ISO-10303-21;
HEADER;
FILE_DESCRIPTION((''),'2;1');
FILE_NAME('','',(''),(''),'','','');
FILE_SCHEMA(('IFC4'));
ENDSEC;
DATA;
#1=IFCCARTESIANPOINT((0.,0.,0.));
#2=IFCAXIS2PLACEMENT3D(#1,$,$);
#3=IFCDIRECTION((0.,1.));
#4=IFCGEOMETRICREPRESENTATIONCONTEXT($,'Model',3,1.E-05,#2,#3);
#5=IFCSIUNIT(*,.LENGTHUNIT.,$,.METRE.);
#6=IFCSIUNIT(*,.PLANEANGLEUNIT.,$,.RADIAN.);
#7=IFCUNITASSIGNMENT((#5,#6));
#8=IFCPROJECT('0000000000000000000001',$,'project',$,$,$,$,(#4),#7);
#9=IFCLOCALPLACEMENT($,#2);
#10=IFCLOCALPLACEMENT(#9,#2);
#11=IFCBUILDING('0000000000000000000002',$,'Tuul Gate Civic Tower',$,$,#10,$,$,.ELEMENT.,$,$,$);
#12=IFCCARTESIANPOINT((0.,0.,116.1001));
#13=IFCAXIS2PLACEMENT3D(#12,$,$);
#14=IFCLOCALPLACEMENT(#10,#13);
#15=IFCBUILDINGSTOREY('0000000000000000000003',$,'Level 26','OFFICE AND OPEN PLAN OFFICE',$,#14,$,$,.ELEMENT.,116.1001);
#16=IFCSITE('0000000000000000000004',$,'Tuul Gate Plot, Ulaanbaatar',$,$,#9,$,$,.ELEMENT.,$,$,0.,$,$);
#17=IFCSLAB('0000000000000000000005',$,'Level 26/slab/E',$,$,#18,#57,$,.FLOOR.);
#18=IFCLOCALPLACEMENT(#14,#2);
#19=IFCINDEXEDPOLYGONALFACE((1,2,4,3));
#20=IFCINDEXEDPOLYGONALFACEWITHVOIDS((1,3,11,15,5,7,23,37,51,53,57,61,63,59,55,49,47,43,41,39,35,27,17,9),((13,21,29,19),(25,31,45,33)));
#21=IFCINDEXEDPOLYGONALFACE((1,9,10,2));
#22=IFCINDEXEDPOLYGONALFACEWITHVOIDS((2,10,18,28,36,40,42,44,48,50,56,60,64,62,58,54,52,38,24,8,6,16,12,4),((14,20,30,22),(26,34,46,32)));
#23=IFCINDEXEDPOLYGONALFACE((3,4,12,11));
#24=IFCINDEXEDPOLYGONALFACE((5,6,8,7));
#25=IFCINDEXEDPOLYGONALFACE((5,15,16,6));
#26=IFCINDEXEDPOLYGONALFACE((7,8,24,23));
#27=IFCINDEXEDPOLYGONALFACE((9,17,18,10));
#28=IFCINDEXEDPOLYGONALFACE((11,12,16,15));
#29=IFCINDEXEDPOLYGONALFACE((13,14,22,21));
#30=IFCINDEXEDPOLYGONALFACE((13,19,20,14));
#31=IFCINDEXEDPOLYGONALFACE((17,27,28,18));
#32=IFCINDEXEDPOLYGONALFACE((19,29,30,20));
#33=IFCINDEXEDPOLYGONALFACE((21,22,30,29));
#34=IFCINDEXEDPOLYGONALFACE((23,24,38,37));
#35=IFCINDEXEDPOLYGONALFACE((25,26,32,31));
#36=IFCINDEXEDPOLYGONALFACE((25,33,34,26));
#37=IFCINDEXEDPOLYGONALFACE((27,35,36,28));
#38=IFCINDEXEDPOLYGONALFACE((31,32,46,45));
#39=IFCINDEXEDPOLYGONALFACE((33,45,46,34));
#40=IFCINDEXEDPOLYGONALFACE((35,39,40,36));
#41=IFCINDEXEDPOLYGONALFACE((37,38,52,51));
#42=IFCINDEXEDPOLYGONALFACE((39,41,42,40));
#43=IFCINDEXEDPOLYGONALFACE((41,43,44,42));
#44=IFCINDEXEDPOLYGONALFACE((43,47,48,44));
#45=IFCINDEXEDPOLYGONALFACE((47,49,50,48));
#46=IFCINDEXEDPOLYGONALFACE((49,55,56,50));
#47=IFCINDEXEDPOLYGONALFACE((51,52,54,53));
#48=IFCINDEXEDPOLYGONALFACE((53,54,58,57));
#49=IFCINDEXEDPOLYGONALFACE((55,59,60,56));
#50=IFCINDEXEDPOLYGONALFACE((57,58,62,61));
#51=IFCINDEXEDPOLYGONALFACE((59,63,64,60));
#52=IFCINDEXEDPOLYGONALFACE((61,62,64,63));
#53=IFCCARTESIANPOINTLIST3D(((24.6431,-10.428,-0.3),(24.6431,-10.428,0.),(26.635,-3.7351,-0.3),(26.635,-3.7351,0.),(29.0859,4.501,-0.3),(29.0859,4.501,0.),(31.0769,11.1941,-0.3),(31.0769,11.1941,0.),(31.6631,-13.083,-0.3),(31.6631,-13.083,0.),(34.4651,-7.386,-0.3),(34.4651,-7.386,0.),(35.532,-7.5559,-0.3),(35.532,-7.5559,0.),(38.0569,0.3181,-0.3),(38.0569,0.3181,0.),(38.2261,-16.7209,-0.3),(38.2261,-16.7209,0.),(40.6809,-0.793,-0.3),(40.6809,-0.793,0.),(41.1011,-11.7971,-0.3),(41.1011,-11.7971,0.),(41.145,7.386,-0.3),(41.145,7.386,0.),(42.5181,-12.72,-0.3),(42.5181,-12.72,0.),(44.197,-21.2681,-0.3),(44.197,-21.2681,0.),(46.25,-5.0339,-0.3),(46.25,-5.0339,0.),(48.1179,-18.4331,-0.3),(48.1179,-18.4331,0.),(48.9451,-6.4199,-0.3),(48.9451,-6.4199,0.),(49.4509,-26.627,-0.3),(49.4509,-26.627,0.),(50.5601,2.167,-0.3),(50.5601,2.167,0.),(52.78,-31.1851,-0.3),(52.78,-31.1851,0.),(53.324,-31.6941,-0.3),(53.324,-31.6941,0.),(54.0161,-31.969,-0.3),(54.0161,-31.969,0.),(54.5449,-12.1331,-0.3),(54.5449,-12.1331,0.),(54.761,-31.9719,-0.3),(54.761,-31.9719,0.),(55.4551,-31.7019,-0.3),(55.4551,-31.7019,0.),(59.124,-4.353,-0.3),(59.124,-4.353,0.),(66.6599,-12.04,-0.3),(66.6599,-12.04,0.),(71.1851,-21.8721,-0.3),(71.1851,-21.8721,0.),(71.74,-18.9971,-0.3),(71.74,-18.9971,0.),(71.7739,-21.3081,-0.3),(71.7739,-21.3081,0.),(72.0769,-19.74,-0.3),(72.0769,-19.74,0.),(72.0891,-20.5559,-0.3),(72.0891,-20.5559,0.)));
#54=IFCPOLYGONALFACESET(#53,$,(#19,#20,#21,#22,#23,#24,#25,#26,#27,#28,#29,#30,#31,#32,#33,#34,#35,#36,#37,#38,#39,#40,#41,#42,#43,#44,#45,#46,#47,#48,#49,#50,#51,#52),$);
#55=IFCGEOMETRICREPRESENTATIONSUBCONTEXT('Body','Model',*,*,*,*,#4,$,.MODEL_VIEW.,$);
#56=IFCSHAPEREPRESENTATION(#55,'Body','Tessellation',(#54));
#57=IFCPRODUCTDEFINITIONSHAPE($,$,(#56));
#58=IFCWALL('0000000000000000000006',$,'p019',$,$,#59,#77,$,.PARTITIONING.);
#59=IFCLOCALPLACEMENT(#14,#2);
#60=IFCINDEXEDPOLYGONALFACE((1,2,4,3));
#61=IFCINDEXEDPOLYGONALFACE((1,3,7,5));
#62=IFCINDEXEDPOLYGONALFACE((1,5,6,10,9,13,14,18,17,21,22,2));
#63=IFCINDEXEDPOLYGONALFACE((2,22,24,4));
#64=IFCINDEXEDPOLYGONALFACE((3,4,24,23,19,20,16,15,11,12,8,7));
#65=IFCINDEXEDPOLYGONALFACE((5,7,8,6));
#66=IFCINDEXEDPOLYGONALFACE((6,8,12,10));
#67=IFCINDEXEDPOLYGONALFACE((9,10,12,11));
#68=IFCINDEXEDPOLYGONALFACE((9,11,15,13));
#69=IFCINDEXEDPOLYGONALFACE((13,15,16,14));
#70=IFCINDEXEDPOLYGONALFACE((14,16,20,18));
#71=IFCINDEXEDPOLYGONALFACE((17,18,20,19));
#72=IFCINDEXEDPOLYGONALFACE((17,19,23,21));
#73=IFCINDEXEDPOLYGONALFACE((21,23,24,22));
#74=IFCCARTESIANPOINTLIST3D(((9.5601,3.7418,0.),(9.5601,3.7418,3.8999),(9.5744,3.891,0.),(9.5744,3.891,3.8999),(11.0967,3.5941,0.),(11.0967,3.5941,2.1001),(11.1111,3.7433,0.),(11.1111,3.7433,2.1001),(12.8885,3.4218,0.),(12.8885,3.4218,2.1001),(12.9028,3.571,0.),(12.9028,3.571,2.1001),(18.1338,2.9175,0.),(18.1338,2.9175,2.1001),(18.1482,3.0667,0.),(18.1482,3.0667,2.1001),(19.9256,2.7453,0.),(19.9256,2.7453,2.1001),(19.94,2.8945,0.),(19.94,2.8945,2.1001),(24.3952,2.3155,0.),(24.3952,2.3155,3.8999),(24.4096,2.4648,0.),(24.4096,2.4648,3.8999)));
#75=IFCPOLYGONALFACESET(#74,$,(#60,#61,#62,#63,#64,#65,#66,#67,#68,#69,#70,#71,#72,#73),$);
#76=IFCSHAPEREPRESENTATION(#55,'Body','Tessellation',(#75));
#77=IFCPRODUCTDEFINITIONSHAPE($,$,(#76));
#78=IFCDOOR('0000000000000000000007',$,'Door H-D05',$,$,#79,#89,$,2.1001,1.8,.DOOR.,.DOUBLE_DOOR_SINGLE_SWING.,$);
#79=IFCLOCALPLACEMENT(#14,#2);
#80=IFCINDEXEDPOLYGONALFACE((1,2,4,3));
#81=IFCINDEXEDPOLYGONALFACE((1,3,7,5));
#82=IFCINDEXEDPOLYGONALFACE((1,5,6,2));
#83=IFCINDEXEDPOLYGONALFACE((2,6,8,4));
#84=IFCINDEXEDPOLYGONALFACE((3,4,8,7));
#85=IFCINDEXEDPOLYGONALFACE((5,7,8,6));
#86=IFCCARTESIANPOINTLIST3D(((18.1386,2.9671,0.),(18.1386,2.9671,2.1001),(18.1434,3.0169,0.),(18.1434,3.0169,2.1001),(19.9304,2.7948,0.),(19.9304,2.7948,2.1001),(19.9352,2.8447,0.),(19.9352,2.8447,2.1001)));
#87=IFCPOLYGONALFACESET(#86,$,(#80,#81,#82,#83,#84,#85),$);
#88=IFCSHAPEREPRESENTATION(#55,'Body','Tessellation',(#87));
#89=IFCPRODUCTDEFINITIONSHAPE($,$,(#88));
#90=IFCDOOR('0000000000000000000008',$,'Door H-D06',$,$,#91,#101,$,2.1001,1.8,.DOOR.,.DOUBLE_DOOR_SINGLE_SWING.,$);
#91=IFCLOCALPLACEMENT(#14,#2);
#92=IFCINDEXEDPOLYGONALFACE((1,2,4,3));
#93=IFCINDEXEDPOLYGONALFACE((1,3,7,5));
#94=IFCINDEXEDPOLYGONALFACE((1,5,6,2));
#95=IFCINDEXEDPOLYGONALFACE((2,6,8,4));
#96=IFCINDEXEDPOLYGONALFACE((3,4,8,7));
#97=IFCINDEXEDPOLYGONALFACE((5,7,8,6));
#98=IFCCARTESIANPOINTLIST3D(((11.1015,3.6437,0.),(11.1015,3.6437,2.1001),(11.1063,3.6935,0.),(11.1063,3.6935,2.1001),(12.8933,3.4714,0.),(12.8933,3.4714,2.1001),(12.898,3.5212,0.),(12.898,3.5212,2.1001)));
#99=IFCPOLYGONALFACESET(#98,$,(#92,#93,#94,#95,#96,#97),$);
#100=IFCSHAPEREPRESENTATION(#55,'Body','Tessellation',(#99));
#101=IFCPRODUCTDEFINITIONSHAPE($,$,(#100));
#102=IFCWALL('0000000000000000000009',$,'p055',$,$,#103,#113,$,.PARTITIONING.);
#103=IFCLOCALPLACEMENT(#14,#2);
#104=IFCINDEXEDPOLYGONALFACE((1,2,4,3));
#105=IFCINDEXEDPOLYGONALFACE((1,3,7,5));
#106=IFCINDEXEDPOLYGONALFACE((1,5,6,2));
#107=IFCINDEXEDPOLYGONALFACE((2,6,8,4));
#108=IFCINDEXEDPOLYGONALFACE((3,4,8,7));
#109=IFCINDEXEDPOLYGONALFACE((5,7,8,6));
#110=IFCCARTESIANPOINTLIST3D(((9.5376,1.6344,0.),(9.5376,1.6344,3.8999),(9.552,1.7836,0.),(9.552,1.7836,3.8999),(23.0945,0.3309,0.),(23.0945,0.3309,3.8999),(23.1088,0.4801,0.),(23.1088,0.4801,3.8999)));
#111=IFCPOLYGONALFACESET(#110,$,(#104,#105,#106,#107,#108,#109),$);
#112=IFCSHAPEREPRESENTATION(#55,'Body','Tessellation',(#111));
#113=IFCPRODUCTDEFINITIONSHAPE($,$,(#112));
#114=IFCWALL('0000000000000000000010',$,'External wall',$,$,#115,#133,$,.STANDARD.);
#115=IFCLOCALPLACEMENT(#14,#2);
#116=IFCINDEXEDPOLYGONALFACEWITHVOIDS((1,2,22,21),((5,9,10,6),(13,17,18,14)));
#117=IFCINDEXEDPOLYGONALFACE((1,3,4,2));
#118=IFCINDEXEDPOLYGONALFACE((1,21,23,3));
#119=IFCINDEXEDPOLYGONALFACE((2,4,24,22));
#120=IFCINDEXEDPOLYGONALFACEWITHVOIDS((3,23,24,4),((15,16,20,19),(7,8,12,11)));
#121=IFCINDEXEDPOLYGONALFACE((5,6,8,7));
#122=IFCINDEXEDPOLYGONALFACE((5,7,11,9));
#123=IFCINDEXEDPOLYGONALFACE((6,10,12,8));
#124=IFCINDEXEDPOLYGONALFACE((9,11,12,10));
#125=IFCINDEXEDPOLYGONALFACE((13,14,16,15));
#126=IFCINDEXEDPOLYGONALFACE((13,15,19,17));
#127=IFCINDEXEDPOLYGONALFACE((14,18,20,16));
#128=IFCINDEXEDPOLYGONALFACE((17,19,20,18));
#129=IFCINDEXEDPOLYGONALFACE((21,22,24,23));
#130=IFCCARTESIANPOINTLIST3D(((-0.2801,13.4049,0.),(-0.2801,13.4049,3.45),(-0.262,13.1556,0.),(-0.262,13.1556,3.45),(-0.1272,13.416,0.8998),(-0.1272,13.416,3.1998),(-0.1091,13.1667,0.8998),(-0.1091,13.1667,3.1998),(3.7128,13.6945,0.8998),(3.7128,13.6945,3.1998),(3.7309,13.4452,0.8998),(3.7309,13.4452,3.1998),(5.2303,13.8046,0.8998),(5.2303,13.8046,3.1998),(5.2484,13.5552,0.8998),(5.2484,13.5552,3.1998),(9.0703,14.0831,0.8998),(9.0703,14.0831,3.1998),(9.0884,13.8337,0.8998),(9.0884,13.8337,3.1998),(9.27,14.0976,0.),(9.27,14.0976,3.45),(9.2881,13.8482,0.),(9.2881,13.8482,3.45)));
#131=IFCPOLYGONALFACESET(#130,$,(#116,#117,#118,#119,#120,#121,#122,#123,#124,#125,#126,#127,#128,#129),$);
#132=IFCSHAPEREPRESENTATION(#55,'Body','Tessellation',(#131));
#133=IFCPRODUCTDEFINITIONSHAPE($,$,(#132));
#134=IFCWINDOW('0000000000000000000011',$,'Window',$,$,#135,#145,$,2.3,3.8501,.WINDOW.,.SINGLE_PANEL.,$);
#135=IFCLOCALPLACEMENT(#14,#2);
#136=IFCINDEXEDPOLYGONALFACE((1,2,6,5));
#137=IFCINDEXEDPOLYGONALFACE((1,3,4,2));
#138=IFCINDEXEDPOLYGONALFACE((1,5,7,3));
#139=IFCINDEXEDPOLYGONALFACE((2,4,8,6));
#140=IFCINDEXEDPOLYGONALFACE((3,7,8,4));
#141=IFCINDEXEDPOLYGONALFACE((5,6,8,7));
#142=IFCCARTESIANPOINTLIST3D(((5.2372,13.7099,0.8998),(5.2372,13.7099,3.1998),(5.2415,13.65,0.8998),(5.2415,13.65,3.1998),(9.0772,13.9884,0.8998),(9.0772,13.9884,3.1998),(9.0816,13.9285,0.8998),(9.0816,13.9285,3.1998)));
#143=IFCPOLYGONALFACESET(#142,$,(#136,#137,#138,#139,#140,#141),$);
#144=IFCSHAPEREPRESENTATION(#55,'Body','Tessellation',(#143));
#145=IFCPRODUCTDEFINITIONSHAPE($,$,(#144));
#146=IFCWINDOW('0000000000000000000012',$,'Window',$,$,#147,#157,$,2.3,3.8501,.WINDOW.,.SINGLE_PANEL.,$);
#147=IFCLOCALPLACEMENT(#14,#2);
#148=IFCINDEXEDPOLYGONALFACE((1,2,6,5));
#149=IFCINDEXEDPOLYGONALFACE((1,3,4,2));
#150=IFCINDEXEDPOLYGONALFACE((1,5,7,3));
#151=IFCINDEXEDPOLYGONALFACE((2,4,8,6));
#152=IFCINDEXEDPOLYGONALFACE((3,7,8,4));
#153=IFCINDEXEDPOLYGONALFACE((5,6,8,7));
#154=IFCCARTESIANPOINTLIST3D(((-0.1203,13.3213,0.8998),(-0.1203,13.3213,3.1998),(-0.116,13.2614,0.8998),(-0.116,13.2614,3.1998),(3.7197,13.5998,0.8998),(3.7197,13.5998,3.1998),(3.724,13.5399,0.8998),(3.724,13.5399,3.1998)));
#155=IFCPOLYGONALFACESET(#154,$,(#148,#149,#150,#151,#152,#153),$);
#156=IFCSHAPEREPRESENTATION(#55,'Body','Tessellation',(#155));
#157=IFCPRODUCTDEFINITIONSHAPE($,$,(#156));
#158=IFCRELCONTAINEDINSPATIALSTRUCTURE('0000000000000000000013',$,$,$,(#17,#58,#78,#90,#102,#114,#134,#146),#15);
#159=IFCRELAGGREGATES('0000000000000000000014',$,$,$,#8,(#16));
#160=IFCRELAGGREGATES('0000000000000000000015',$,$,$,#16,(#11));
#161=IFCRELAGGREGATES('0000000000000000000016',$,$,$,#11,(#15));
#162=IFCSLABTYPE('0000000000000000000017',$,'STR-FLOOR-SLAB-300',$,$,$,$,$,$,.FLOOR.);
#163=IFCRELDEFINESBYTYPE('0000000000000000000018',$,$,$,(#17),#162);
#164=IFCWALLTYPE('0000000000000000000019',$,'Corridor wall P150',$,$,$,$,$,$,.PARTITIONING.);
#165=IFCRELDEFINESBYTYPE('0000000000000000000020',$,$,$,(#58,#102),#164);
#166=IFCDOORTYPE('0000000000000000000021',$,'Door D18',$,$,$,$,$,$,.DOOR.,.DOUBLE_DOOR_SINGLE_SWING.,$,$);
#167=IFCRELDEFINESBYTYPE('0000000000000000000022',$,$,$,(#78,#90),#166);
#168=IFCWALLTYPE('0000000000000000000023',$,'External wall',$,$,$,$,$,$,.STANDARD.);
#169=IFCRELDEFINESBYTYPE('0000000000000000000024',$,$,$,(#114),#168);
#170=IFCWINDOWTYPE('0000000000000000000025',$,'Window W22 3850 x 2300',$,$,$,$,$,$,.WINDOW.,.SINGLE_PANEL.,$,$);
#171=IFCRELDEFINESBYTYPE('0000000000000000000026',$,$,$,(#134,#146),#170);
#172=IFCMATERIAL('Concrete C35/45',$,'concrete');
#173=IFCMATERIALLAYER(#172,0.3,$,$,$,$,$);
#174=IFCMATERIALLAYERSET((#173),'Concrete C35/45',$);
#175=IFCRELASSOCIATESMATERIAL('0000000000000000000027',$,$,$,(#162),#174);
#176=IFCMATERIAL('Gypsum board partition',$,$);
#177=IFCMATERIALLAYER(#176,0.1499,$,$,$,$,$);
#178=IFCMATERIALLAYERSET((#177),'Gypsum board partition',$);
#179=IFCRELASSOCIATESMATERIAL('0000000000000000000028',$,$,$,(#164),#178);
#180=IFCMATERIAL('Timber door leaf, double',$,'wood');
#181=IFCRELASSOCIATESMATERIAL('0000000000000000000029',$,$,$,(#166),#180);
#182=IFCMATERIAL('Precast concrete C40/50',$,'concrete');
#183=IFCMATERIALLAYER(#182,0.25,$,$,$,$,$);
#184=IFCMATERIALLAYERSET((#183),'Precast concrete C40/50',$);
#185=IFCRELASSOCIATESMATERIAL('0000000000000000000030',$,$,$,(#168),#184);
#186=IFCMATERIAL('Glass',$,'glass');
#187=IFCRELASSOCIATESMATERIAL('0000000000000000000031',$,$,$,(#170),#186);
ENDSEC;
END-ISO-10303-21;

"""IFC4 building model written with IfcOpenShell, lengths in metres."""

from ifc_helpers import new_model, si_unit, direction, frame, frame_2d, origin, place, context, subcontext, project, spatial, polyline, rectangle, outline, extrude, material, layer, layer_set, type_object, element, fill, save


model = new_model("IFC4")

# Units and contexts
model_context = context("Model", 3, precision=1e-05, world=origin(), true_north=direction((0.0, 1.0)))
body_context = subcontext(model_context, "Body", "Model", "MODEL_VIEW")
ifc_project = project(units=[si_unit("LENGTHUNIT", "METRE"), si_unit("PLANEANGLEUNIT", "RADIAN")], contexts=[model_context])

# Site, building, storey
site_placement = place(None, origin())
site = spatial("IfcSite", under=ifc_project, at=site_placement, Name="Tuul Gate Plot, Ulaanbaatar", CompositionType="ELEMENT", RefElevation=0.0)
building_placement = place(site_placement, origin())
building = spatial("IfcBuilding", under=site, at=building_placement, Name="Tuul Gate Civic Tower", CompositionType="ELEMENT")
storey_placement = place(building_placement, frame((0.0, 0.0, 116.1001)))
storey = spatial("IfcBuildingStorey", under=building, at=storey_placement, Name="Level 26", Description="OFFICE AND OPEN PLAN OFFICE", CompositionType="ELEMENT", Elevation=116.1001)

# Slab
ifc_material_1 = material(Name="Concrete C35/45", Category="concrete")
ifc_layer_1 = layer(ifc_material_1, 0.3)
ifc_layer_set_1 = layer_set([ifc_layer_1], Name="Concrete C35/45")
slab_type_1 = type_object("IfcSlabType", Name="STR-FLOOR-SLAB-300", PredefinedType="FLOOR", material=ifc_layer_set_1)
slab_1_placement = place(storey_placement, frame((0.0, 0.0, -0.3)))
element("IfcSlab", 1, at=slab_1_placement, inside=storey, type_object=slab_type_1, Name="Level 26/slab/E", PredefinedType="FLOOR", context=body_context, shape_type="SweptSolid", body=[
    extrude(outline(polyline([(54.761, -31.9719), (55.4551, -31.7019), (71.1851, -21.8721), (71.7739, -21.3081), (72.0891, -20.5559), (72.0769, -19.74), (71.74, -18.9971), (66.6599, -12.04), (59.124, -4.353), (50.5601, 2.167), (41.145, 7.386), (31.0769, 11.1941), (29.0859, 4.501), (38.0569, 0.3181), (34.4651, -7.386), (26.635, -3.7351), (24.6431, -10.428), (31.6631, -13.083), (38.2261, -16.7209), (44.197, -21.2681), (49.4509, -26.627), (52.78, -31.1851), (53.324, -31.6941), (54.0161, -31.969), (54.761, -31.9719)]), holes=[polyline([(48.1179, -18.4331), (42.5181, -12.72), (48.9451, -6.4199), (54.5449, -12.1331), (48.1179, -18.4331)]), polyline([(35.532, -7.5559), (40.6809, -0.793), (46.25, -5.0339), (41.1011, -11.7971), (35.532, -7.5559)])]), origin(), (0.0, 0.0, 1.0), 0.3),
])

# Wall, openings, doors
ifc_material_2 = material(Name="Gypsum board partition")
ifc_layer_2 = layer(ifc_material_2, 0.1499)
ifc_layer_set_2 = layer_set([ifc_layer_2], Name="Gypsum board partition")
wall_type_1 = type_object("IfcWallType", Name="Corridor wall P150", PredefinedType="PARTITIONING", material=ifc_layer_set_2)
wall_1_placement = place(storey_placement, frame((9.5674, 3.8164, 0.0), z_axis=(0.0, 0.0, 1.0), x_axis=(0.99541, -0.0957, 0.0)))
wall_1 = element("IfcWall", 2, at=wall_1_placement, inside=storey, type_object=wall_type_1, Name="p019", PredefinedType="PARTITIONING", context=body_context, shape_type="SweptSolid", body=[
    extrude(rectangle(XDim=14.9036, YDim=0.1499, at=frame_2d((7.4517, 0.0))), origin(), (0.0, 0.0, 1.0), 3.8999),
])
opening_1_placement = place(wall_1_placement, frame((8.6133, 0.0, 0.0)))
opening_1 = element("IfcOpeningElement", 3, at=opening_1_placement, cuts=wall_1, PredefinedType="OPENING", context=body_context, shape_type="SweptSolid", body=[
    extrude(rectangle(XDim=1.8, YDim=2.1001, at=frame_2d((0.8999, 1.05))), frame((0.0, 0.085, 0.0), z_axis=(0.0, -1.0, 0.0), x_axis=(1.0, 0.0, 0.0)), (0.0, 0.0, 1.0), 0.1699),
])
opening_2_placement = place(wall_1_placement, frame((1.5437, 0.0, 0.0)))
opening_2 = element("IfcOpeningElement", 4, at=opening_2_placement, cuts=wall_1, PredefinedType="OPENING", context=body_context, shape_type="SweptSolid", body=[
    extrude(rectangle(XDim=1.8, YDim=2.1001, at=frame_2d((0.8999, 1.05))), frame((0.0, 0.085, 0.0), z_axis=(0.0, -1.0, 0.0), x_axis=(1.0, 0.0, 0.0)), (0.0, 0.0, 1.0), 0.1699),
])
ifc_material_3 = material(Name="Timber door leaf, double", Category="wood")
door_type = type_object("IfcDoorType", Name="Door D18", OperationType="DOUBLE_DOOR_SINGLE_SWING", PredefinedType="DOOR", material=ifc_material_3)
door_1_placement = place(opening_1_placement, origin())
door_1 = element("IfcDoor", 5, at=door_1_placement, inside=storey, type_object=door_type, Name="Door H-D05", OperationType="DOUBLE_DOOR_SINGLE_SWING", OverallHeight=2.1001, OverallWidth=1.8, PredefinedType="DOOR", context=body_context, shape_type="SweptSolid", body=[
    extrude(rectangle(XDim=1.8, YDim=2.1001, at=frame_2d((0.8999, 1.05))), frame((0.0, 0.0249, 0.0), z_axis=(0.0, -1.0, 0.0), x_axis=(1.0, 0.0, 0.0)), (0.0, 0.0, 1.0), 0.05),
])
fill(opening_1, door_1)
door_2_placement = place(opening_2_placement, origin())
door_2 = element("IfcDoor", 6, at=door_2_placement, inside=storey, type_object=door_type, Name="Door H-D06", OperationType="DOUBLE_DOOR_SINGLE_SWING", OverallHeight=2.1001, OverallWidth=1.8, PredefinedType="DOOR", context=body_context, shape_type="SweptSolid", body=[
    extrude(rectangle(XDim=1.8, YDim=2.1001, at=frame_2d((0.8999, 1.05))), frame((0.0, 0.0249, 0.0), z_axis=(0.0, -1.0, 0.0), x_axis=(1.0, 0.0, 0.0)), (0.0, 0.0, 1.0), 0.05),
])
fill(opening_2, door_2)

# Wall
wall_2_placement = place(storey_placement, frame((9.5449, 1.709, 0.0), z_axis=(0.0, 0.0, 1.0), x_axis=(0.99541, -0.095707, 0.0)))
element("IfcWall", 7, at=wall_2_placement, inside=storey, type_object=wall_type_1, Name="p055", PredefinedType="PARTITIONING", context=body_context, shape_type="SweptSolid", body=[
    extrude(rectangle(XDim=13.6194, YDim=0.1499, at=frame_2d((6.8096, 0.0))), origin(), (0.0, 0.0, 1.0), 3.8999),
])

# Wall, openings, windows
ifc_material_4 = material(Name="Precast concrete C40/50", Category="concrete")
ifc_layer_3 = layer(ifc_material_4, 0.25)
ifc_layer_set_3 = layer_set([ifc_layer_3], Name="Precast concrete C40/50")
wall_type_2 = type_object("IfcWallType", Name="External wall", PredefinedType="STANDARD", material=ifc_layer_set_3)
wall_3_placement = place(storey_placement, frame((9.2791, 13.9729, 0.0), z_axis=(0.0, 0.0, 1.0), x_axis=(-0.99738, -0.072336, 0.0)))
wall_3 = element("IfcWall", 8, at=wall_3_placement, inside=storey, type_object=wall_type_2, Name="External wall", PredefinedType="STANDARD", context=body_context, shape_type="SweptSolid", body=[
    extrude(rectangle(XDim=9.5752, YDim=0.25, at=frame_2d((4.7876, 0.0))), origin(), (0.0, 0.0, 1.0), 3.45),
])
opening_3_placement = place(wall_3_placement, frame((0.2002, 0.0, 0.8999)))
opening_3 = element("IfcOpeningElement", 9, at=opening_3_placement, cuts=wall_3, PredefinedType="OPENING", context=body_context, shape_type="SweptSolid", body=[
    extrude(rectangle(XDim=3.8501, YDim=2.3, at=frame_2d((1.925, 1.1499))), frame((0.0, 0.135, 0.0), z_axis=(0.0, -1.0, 0.0), x_axis=(1.0, 0.0, 0.0)), (0.0, 0.0, 1.0), 0.27),
])
opening_4_placement = place(wall_3_placement, frame((5.5718, 0.0, 0.8999)))
opening_4 = element("IfcOpeningElement", 10, at=opening_4_placement, cuts=wall_3, PredefinedType="OPENING", context=body_context, shape_type="SweptSolid", body=[
    extrude(rectangle(XDim=3.8501, YDim=2.3, at=frame_2d((1.925, 1.1499))), frame((0.0, 0.135, 0.0), z_axis=(0.0, -1.0, 0.0), x_axis=(1.0, 0.0, 0.0)), (0.0, 0.0, 1.0), 0.27),
])
ifc_material_5 = material(Name="Glass", Category="glass")
window_type = type_object("IfcWindowType", Name="Window W22 3850 x 2300", PartitioningType="SINGLE_PANEL", PredefinedType="WINDOW", material=ifc_material_5)
window_1_placement = place(opening_3_placement, origin())
window_1 = element("IfcWindow", 11, at=window_1_placement, inside=storey, type_object=window_type, Name="Window", OverallHeight=2.3, OverallWidth=3.8501, PartitioningType="SINGLE_PANEL", PredefinedType="WINDOW", context=body_context, shape_type="SweptSolid", body=[
    extrude(rectangle(XDim=3.8501, YDim=2.3, at=frame_2d((1.925, 1.1499))), frame((0.0, 0.03, 0.0), z_axis=(0.0, -1.0, 0.0), x_axis=(1.0, 0.0, 0.0)), (0.0, 0.0, 1.0), 0.0601),
])
fill(opening_3, window_1)
window_2_placement = place(opening_4_placement, origin())
window_2 = element("IfcWindow", 12, at=window_2_placement, inside=storey, type_object=window_type, Name="Window", OverallHeight=2.3, OverallWidth=3.8501, PartitioningType="SINGLE_PANEL", PredefinedType="WINDOW", context=body_context, shape_type="SweptSolid", body=[
    extrude(rectangle(XDim=3.8501, YDim=2.3, at=frame_2d((1.925, 1.1499))), frame((0.0, 0.03, 0.0), z_axis=(0.0, -1.0, 0.0), x_axis=(1.0, 0.0, 0.0)), (0.0, 0.0, 1.0), 0.0601),
])
fill(opening_4, window_2)

save(model, "model.ifc")
